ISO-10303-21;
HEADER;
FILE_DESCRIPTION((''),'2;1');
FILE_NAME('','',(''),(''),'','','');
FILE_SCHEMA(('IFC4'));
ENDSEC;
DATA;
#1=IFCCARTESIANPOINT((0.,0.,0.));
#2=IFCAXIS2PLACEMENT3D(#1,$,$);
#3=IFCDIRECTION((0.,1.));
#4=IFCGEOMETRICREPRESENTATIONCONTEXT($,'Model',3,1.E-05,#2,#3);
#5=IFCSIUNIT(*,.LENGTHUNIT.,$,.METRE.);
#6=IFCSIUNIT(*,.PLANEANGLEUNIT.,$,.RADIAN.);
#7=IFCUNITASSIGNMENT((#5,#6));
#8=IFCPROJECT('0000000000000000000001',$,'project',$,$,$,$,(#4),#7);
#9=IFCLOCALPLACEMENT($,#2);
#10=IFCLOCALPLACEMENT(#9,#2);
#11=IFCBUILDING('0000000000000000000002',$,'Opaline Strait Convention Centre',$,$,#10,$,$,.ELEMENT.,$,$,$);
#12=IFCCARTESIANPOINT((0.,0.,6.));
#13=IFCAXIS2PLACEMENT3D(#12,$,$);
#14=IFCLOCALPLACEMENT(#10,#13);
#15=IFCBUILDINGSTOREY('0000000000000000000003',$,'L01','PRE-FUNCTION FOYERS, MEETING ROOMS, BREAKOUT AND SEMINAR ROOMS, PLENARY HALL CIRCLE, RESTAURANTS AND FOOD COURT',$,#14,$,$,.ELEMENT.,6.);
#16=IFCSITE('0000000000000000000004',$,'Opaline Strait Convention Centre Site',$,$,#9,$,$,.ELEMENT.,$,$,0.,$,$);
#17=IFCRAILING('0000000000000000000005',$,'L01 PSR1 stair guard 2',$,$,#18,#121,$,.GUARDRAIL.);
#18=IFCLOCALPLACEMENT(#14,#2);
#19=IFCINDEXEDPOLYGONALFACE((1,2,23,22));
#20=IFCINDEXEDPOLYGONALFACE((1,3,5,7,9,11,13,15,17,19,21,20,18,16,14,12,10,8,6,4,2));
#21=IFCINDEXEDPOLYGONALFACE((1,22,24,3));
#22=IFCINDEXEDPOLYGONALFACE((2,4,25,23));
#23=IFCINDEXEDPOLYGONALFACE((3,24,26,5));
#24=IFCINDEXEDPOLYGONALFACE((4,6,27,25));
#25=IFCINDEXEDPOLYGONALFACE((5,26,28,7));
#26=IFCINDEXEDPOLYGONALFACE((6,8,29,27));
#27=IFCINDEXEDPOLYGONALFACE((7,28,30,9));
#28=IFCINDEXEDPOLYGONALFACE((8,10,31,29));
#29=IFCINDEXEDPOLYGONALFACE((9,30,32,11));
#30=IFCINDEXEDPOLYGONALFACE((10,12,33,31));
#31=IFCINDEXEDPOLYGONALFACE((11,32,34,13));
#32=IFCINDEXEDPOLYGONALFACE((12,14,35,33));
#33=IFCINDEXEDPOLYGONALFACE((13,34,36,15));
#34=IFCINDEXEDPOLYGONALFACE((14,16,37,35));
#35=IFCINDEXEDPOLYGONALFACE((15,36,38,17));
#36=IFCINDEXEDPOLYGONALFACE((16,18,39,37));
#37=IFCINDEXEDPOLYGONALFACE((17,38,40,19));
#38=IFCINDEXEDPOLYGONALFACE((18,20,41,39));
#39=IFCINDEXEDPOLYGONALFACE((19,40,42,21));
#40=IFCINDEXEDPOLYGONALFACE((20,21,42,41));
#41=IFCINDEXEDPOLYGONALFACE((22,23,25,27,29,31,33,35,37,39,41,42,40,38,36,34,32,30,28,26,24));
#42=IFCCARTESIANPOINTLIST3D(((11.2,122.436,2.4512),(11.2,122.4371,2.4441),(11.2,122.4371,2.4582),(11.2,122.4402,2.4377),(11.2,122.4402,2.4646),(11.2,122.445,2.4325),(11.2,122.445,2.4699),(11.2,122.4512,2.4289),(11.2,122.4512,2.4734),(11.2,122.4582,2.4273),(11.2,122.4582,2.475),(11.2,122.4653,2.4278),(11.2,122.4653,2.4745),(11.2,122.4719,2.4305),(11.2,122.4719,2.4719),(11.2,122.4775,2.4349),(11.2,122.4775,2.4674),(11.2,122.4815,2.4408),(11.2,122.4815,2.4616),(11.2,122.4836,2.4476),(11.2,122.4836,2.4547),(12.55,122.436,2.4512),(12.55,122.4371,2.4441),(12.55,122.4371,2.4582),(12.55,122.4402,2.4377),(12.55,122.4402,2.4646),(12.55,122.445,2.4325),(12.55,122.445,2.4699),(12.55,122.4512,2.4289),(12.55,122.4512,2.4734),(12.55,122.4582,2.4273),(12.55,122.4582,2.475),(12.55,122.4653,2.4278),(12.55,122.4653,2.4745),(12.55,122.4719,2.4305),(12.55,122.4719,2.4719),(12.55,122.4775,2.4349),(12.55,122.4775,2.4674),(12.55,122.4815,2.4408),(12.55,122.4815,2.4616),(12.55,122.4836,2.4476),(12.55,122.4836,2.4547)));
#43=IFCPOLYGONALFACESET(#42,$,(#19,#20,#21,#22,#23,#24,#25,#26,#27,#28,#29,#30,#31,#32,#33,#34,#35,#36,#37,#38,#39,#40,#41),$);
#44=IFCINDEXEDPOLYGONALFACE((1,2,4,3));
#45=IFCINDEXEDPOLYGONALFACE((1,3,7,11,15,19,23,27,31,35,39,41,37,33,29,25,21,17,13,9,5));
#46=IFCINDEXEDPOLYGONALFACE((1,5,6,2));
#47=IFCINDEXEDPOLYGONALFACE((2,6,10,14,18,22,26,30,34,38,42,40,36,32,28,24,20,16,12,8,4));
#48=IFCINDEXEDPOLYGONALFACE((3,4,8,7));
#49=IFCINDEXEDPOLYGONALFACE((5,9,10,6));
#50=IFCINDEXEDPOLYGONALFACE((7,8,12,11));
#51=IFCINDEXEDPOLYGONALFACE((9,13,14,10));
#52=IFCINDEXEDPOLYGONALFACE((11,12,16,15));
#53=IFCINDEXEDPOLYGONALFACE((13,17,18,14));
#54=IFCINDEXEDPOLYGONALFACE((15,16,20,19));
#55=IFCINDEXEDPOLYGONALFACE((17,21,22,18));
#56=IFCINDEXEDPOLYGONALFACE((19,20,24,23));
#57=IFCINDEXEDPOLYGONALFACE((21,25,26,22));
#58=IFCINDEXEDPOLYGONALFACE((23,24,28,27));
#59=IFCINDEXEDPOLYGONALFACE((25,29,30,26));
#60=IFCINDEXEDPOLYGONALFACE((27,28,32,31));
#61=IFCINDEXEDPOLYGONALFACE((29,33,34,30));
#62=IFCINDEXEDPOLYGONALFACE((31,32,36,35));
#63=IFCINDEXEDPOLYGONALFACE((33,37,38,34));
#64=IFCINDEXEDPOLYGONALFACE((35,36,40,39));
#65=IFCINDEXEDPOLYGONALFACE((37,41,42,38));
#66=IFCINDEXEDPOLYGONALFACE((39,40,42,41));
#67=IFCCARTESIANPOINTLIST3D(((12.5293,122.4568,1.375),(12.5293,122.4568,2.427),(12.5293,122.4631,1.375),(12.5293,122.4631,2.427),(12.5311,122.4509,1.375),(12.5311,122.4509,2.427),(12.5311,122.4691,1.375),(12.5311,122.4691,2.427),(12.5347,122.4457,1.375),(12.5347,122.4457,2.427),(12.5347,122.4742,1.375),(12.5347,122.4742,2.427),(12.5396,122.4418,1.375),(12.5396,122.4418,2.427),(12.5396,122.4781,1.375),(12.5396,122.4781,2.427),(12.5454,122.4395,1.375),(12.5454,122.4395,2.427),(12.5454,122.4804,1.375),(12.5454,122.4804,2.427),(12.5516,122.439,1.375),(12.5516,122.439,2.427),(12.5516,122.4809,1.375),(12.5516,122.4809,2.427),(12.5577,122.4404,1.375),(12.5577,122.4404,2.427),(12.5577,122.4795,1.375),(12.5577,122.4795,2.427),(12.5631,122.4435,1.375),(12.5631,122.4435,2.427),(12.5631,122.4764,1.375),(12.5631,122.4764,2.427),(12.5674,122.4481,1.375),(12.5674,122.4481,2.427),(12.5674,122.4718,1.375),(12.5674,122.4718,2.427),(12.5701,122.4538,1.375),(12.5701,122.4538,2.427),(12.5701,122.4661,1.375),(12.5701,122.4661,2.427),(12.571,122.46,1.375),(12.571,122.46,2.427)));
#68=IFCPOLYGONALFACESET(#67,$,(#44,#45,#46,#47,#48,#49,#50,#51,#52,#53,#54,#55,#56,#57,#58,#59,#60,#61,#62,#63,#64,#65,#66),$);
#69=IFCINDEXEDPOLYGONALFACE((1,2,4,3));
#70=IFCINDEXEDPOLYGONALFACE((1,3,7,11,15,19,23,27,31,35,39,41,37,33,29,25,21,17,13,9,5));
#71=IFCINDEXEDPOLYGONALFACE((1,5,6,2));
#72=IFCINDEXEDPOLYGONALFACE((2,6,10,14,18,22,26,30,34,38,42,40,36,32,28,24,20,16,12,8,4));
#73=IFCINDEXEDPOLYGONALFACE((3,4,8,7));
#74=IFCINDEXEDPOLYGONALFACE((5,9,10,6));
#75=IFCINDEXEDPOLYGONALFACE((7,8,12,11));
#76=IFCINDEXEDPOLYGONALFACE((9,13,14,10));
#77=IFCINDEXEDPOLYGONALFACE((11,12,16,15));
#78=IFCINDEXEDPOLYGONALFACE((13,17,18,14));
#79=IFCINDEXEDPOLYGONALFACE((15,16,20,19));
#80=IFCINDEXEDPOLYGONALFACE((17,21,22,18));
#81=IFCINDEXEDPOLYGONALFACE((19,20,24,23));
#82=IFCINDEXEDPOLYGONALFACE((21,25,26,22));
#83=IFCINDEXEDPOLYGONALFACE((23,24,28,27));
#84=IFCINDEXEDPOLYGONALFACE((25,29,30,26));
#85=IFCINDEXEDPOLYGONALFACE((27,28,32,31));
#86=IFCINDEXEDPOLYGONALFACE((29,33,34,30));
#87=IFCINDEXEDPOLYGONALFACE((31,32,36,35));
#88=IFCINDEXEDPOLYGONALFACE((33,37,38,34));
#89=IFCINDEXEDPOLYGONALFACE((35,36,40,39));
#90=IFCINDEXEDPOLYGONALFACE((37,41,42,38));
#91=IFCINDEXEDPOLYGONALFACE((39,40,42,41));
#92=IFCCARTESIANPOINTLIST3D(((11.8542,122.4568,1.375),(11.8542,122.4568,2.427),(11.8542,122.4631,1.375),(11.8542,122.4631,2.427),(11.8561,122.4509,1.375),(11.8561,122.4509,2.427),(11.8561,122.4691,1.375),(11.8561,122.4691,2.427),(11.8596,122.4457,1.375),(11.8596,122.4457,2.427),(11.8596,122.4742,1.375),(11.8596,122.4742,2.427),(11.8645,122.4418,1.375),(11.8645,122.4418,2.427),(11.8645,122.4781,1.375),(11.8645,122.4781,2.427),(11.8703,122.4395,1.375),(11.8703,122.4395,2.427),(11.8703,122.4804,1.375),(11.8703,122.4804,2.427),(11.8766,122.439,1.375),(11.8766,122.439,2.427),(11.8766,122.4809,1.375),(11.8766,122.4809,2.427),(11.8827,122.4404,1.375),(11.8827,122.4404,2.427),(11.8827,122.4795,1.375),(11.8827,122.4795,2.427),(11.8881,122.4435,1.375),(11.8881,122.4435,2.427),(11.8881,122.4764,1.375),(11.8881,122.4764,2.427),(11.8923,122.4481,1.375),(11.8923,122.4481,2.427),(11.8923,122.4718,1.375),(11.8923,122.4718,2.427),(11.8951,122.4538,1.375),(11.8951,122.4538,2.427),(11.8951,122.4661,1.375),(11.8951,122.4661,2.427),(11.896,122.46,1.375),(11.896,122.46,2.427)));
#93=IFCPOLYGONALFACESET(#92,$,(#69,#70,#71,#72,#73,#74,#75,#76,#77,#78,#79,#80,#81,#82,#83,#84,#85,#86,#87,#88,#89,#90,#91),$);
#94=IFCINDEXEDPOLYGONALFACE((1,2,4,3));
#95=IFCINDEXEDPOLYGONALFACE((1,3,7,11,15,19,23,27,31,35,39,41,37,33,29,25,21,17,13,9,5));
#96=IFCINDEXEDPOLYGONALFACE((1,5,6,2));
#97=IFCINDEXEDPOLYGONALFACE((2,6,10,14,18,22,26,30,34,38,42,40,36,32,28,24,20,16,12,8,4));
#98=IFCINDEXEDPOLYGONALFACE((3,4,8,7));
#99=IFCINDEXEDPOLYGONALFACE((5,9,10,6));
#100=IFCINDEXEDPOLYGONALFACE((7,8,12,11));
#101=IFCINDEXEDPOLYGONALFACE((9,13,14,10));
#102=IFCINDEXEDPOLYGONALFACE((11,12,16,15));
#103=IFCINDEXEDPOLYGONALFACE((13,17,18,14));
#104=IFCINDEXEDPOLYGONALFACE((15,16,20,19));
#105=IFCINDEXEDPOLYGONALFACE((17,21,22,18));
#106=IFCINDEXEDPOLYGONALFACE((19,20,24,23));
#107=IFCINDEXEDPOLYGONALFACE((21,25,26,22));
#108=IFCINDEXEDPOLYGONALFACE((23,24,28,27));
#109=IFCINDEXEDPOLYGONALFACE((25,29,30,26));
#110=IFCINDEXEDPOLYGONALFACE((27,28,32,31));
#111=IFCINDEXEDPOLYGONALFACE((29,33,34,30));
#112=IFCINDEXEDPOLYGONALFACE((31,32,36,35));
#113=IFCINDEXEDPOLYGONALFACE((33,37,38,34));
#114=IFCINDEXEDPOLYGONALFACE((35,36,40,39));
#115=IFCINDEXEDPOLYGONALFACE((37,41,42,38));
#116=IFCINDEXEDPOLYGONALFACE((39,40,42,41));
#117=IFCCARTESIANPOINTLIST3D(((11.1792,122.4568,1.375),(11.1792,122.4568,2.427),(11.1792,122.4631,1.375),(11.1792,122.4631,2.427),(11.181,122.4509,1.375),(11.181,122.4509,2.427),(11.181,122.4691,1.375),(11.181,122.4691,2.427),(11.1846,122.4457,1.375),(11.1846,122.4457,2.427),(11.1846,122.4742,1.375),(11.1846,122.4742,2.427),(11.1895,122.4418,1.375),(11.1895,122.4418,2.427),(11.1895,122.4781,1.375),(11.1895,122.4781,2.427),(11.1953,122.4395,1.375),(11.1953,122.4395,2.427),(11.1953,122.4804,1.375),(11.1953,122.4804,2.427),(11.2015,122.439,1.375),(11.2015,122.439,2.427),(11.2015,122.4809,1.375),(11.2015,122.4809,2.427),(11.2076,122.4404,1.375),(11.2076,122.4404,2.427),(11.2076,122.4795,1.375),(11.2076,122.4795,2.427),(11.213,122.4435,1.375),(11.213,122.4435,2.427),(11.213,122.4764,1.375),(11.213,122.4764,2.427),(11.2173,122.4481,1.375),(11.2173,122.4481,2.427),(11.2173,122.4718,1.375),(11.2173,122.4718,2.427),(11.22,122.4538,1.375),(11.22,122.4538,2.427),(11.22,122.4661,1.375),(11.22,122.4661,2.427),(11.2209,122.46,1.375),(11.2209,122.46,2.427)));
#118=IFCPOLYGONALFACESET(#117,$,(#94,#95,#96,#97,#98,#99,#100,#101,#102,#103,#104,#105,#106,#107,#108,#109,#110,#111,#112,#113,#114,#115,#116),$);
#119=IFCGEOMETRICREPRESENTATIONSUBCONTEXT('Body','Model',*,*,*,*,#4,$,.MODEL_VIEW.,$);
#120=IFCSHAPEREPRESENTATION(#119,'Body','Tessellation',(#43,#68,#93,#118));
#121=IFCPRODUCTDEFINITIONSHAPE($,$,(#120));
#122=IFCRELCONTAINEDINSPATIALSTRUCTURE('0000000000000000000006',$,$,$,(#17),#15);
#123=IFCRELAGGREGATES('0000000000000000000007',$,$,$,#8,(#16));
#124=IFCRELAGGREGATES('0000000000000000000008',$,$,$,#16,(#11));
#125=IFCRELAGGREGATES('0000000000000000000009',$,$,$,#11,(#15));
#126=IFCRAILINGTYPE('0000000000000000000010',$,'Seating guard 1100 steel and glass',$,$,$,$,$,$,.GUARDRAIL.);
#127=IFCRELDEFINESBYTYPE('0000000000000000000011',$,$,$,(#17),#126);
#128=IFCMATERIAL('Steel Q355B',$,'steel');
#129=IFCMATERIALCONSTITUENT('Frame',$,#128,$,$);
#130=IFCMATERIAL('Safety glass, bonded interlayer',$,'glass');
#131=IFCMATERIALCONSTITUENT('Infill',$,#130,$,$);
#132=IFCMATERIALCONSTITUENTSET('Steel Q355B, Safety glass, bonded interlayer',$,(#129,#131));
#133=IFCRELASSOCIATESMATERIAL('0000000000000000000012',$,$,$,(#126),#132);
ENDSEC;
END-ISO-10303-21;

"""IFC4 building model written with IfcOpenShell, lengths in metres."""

from ifc_helpers import new_model, si_unit, direction, frame, origin, origin_2d, place, context, subcontext, project, spatial, circle, extrude, material, constituent, constituent_set, type_object, element, save


model = new_model("IFC4")

# Units and contexts
model_context = context("Model", 3, precision=1e-05, world=origin(), true_north=direction((0.0, 1.0)))
body_context = subcontext(model_context, "Body", "Model", "MODEL_VIEW")
ifc_project = project(units=[si_unit("LENGTHUNIT", "METRE"), si_unit("PLANEANGLEUNIT", "RADIAN")], contexts=[model_context])

# Site, building, storey
site_placement = place(None, origin())
site = spatial("IfcSite", under=ifc_project, at=site_placement, Name="Opaline Strait Convention Centre Site", CompositionType="ELEMENT", RefElevation=0.0)
building_placement = place(site_placement, origin())
building = spatial("IfcBuilding", under=site, at=building_placement, Name="Opaline Strait Convention Centre", CompositionType="ELEMENT")
storey_placement = place(building_placement, frame((0.0, 0.0, 6.0)))
storey = spatial("IfcBuildingStorey", under=building, at=storey_placement, Name="L01", Description="PRE-FUNCTION FOYERS, MEETING ROOMS, BREAKOUT AND SEMINAR ROOMS, PLENARY HALL CIRCLE, RESTAURANTS AND FOOD COURT", CompositionType="ELEMENT", Elevation=6.0)

# Railing
ifc_material_1 = material(Name="Steel Q355B", Category="steel")
ifc_constituent_1 = constituent(ifc_material_1, Name="Frame")
ifc_material_2 = material(Name="Safety glass, bonded interlayer", Category="glass")
ifc_constituent_2 = constituent(ifc_material_2, Name="Infill")
ifc_constituent_set = constituent_set(constituents=[ifc_constituent_1, ifc_constituent_2], Name="Steel Q355B, Safety glass, bonded interlayer")
railing_type = type_object("IfcRailingType", Name="Seating guard 1100 steel and glass", PredefinedType="GUARDRAIL", material=ifc_constituent_set)
for number, where, name in (
    (1, (12.55, 122.46, 1.375), "L01 PSR1 stair guard 2"),
):
    element("IfcRailing", number, at=place(storey_placement, frame(where)), inside=storey, type_object=railing_type, Name=name, PredefinedType="GUARDRAIL", context=body_context, shape_type="SweptSolid", body=[
        extrude(circle(Radius=0.0239, at=origin_2d()), frame((0.0, 0.0, 1.0762), z_axis=(-1.0, 0.0, 0.0), x_axis=(0.0, -1.0, 0.0)), (0.0, 0.0, 1.0), 1.3501),
        extrude(circle(Radius=0.021, at=origin_2d()), origin(), (0.0, 0.0, 1.0), 1.052),
        extrude(circle(Radius=0.021, at=origin_2d()), frame((-0.675, 0.0, 0.0)), (0.0, 0.0, 1.0), 1.052),
        extrude(circle(Radius=0.021, at=origin_2d()), frame((-1.3501, 0.0, 0.0)), (0.0, 0.0, 1.0), 1.052),
    ])

save(model, "model.ifc")
